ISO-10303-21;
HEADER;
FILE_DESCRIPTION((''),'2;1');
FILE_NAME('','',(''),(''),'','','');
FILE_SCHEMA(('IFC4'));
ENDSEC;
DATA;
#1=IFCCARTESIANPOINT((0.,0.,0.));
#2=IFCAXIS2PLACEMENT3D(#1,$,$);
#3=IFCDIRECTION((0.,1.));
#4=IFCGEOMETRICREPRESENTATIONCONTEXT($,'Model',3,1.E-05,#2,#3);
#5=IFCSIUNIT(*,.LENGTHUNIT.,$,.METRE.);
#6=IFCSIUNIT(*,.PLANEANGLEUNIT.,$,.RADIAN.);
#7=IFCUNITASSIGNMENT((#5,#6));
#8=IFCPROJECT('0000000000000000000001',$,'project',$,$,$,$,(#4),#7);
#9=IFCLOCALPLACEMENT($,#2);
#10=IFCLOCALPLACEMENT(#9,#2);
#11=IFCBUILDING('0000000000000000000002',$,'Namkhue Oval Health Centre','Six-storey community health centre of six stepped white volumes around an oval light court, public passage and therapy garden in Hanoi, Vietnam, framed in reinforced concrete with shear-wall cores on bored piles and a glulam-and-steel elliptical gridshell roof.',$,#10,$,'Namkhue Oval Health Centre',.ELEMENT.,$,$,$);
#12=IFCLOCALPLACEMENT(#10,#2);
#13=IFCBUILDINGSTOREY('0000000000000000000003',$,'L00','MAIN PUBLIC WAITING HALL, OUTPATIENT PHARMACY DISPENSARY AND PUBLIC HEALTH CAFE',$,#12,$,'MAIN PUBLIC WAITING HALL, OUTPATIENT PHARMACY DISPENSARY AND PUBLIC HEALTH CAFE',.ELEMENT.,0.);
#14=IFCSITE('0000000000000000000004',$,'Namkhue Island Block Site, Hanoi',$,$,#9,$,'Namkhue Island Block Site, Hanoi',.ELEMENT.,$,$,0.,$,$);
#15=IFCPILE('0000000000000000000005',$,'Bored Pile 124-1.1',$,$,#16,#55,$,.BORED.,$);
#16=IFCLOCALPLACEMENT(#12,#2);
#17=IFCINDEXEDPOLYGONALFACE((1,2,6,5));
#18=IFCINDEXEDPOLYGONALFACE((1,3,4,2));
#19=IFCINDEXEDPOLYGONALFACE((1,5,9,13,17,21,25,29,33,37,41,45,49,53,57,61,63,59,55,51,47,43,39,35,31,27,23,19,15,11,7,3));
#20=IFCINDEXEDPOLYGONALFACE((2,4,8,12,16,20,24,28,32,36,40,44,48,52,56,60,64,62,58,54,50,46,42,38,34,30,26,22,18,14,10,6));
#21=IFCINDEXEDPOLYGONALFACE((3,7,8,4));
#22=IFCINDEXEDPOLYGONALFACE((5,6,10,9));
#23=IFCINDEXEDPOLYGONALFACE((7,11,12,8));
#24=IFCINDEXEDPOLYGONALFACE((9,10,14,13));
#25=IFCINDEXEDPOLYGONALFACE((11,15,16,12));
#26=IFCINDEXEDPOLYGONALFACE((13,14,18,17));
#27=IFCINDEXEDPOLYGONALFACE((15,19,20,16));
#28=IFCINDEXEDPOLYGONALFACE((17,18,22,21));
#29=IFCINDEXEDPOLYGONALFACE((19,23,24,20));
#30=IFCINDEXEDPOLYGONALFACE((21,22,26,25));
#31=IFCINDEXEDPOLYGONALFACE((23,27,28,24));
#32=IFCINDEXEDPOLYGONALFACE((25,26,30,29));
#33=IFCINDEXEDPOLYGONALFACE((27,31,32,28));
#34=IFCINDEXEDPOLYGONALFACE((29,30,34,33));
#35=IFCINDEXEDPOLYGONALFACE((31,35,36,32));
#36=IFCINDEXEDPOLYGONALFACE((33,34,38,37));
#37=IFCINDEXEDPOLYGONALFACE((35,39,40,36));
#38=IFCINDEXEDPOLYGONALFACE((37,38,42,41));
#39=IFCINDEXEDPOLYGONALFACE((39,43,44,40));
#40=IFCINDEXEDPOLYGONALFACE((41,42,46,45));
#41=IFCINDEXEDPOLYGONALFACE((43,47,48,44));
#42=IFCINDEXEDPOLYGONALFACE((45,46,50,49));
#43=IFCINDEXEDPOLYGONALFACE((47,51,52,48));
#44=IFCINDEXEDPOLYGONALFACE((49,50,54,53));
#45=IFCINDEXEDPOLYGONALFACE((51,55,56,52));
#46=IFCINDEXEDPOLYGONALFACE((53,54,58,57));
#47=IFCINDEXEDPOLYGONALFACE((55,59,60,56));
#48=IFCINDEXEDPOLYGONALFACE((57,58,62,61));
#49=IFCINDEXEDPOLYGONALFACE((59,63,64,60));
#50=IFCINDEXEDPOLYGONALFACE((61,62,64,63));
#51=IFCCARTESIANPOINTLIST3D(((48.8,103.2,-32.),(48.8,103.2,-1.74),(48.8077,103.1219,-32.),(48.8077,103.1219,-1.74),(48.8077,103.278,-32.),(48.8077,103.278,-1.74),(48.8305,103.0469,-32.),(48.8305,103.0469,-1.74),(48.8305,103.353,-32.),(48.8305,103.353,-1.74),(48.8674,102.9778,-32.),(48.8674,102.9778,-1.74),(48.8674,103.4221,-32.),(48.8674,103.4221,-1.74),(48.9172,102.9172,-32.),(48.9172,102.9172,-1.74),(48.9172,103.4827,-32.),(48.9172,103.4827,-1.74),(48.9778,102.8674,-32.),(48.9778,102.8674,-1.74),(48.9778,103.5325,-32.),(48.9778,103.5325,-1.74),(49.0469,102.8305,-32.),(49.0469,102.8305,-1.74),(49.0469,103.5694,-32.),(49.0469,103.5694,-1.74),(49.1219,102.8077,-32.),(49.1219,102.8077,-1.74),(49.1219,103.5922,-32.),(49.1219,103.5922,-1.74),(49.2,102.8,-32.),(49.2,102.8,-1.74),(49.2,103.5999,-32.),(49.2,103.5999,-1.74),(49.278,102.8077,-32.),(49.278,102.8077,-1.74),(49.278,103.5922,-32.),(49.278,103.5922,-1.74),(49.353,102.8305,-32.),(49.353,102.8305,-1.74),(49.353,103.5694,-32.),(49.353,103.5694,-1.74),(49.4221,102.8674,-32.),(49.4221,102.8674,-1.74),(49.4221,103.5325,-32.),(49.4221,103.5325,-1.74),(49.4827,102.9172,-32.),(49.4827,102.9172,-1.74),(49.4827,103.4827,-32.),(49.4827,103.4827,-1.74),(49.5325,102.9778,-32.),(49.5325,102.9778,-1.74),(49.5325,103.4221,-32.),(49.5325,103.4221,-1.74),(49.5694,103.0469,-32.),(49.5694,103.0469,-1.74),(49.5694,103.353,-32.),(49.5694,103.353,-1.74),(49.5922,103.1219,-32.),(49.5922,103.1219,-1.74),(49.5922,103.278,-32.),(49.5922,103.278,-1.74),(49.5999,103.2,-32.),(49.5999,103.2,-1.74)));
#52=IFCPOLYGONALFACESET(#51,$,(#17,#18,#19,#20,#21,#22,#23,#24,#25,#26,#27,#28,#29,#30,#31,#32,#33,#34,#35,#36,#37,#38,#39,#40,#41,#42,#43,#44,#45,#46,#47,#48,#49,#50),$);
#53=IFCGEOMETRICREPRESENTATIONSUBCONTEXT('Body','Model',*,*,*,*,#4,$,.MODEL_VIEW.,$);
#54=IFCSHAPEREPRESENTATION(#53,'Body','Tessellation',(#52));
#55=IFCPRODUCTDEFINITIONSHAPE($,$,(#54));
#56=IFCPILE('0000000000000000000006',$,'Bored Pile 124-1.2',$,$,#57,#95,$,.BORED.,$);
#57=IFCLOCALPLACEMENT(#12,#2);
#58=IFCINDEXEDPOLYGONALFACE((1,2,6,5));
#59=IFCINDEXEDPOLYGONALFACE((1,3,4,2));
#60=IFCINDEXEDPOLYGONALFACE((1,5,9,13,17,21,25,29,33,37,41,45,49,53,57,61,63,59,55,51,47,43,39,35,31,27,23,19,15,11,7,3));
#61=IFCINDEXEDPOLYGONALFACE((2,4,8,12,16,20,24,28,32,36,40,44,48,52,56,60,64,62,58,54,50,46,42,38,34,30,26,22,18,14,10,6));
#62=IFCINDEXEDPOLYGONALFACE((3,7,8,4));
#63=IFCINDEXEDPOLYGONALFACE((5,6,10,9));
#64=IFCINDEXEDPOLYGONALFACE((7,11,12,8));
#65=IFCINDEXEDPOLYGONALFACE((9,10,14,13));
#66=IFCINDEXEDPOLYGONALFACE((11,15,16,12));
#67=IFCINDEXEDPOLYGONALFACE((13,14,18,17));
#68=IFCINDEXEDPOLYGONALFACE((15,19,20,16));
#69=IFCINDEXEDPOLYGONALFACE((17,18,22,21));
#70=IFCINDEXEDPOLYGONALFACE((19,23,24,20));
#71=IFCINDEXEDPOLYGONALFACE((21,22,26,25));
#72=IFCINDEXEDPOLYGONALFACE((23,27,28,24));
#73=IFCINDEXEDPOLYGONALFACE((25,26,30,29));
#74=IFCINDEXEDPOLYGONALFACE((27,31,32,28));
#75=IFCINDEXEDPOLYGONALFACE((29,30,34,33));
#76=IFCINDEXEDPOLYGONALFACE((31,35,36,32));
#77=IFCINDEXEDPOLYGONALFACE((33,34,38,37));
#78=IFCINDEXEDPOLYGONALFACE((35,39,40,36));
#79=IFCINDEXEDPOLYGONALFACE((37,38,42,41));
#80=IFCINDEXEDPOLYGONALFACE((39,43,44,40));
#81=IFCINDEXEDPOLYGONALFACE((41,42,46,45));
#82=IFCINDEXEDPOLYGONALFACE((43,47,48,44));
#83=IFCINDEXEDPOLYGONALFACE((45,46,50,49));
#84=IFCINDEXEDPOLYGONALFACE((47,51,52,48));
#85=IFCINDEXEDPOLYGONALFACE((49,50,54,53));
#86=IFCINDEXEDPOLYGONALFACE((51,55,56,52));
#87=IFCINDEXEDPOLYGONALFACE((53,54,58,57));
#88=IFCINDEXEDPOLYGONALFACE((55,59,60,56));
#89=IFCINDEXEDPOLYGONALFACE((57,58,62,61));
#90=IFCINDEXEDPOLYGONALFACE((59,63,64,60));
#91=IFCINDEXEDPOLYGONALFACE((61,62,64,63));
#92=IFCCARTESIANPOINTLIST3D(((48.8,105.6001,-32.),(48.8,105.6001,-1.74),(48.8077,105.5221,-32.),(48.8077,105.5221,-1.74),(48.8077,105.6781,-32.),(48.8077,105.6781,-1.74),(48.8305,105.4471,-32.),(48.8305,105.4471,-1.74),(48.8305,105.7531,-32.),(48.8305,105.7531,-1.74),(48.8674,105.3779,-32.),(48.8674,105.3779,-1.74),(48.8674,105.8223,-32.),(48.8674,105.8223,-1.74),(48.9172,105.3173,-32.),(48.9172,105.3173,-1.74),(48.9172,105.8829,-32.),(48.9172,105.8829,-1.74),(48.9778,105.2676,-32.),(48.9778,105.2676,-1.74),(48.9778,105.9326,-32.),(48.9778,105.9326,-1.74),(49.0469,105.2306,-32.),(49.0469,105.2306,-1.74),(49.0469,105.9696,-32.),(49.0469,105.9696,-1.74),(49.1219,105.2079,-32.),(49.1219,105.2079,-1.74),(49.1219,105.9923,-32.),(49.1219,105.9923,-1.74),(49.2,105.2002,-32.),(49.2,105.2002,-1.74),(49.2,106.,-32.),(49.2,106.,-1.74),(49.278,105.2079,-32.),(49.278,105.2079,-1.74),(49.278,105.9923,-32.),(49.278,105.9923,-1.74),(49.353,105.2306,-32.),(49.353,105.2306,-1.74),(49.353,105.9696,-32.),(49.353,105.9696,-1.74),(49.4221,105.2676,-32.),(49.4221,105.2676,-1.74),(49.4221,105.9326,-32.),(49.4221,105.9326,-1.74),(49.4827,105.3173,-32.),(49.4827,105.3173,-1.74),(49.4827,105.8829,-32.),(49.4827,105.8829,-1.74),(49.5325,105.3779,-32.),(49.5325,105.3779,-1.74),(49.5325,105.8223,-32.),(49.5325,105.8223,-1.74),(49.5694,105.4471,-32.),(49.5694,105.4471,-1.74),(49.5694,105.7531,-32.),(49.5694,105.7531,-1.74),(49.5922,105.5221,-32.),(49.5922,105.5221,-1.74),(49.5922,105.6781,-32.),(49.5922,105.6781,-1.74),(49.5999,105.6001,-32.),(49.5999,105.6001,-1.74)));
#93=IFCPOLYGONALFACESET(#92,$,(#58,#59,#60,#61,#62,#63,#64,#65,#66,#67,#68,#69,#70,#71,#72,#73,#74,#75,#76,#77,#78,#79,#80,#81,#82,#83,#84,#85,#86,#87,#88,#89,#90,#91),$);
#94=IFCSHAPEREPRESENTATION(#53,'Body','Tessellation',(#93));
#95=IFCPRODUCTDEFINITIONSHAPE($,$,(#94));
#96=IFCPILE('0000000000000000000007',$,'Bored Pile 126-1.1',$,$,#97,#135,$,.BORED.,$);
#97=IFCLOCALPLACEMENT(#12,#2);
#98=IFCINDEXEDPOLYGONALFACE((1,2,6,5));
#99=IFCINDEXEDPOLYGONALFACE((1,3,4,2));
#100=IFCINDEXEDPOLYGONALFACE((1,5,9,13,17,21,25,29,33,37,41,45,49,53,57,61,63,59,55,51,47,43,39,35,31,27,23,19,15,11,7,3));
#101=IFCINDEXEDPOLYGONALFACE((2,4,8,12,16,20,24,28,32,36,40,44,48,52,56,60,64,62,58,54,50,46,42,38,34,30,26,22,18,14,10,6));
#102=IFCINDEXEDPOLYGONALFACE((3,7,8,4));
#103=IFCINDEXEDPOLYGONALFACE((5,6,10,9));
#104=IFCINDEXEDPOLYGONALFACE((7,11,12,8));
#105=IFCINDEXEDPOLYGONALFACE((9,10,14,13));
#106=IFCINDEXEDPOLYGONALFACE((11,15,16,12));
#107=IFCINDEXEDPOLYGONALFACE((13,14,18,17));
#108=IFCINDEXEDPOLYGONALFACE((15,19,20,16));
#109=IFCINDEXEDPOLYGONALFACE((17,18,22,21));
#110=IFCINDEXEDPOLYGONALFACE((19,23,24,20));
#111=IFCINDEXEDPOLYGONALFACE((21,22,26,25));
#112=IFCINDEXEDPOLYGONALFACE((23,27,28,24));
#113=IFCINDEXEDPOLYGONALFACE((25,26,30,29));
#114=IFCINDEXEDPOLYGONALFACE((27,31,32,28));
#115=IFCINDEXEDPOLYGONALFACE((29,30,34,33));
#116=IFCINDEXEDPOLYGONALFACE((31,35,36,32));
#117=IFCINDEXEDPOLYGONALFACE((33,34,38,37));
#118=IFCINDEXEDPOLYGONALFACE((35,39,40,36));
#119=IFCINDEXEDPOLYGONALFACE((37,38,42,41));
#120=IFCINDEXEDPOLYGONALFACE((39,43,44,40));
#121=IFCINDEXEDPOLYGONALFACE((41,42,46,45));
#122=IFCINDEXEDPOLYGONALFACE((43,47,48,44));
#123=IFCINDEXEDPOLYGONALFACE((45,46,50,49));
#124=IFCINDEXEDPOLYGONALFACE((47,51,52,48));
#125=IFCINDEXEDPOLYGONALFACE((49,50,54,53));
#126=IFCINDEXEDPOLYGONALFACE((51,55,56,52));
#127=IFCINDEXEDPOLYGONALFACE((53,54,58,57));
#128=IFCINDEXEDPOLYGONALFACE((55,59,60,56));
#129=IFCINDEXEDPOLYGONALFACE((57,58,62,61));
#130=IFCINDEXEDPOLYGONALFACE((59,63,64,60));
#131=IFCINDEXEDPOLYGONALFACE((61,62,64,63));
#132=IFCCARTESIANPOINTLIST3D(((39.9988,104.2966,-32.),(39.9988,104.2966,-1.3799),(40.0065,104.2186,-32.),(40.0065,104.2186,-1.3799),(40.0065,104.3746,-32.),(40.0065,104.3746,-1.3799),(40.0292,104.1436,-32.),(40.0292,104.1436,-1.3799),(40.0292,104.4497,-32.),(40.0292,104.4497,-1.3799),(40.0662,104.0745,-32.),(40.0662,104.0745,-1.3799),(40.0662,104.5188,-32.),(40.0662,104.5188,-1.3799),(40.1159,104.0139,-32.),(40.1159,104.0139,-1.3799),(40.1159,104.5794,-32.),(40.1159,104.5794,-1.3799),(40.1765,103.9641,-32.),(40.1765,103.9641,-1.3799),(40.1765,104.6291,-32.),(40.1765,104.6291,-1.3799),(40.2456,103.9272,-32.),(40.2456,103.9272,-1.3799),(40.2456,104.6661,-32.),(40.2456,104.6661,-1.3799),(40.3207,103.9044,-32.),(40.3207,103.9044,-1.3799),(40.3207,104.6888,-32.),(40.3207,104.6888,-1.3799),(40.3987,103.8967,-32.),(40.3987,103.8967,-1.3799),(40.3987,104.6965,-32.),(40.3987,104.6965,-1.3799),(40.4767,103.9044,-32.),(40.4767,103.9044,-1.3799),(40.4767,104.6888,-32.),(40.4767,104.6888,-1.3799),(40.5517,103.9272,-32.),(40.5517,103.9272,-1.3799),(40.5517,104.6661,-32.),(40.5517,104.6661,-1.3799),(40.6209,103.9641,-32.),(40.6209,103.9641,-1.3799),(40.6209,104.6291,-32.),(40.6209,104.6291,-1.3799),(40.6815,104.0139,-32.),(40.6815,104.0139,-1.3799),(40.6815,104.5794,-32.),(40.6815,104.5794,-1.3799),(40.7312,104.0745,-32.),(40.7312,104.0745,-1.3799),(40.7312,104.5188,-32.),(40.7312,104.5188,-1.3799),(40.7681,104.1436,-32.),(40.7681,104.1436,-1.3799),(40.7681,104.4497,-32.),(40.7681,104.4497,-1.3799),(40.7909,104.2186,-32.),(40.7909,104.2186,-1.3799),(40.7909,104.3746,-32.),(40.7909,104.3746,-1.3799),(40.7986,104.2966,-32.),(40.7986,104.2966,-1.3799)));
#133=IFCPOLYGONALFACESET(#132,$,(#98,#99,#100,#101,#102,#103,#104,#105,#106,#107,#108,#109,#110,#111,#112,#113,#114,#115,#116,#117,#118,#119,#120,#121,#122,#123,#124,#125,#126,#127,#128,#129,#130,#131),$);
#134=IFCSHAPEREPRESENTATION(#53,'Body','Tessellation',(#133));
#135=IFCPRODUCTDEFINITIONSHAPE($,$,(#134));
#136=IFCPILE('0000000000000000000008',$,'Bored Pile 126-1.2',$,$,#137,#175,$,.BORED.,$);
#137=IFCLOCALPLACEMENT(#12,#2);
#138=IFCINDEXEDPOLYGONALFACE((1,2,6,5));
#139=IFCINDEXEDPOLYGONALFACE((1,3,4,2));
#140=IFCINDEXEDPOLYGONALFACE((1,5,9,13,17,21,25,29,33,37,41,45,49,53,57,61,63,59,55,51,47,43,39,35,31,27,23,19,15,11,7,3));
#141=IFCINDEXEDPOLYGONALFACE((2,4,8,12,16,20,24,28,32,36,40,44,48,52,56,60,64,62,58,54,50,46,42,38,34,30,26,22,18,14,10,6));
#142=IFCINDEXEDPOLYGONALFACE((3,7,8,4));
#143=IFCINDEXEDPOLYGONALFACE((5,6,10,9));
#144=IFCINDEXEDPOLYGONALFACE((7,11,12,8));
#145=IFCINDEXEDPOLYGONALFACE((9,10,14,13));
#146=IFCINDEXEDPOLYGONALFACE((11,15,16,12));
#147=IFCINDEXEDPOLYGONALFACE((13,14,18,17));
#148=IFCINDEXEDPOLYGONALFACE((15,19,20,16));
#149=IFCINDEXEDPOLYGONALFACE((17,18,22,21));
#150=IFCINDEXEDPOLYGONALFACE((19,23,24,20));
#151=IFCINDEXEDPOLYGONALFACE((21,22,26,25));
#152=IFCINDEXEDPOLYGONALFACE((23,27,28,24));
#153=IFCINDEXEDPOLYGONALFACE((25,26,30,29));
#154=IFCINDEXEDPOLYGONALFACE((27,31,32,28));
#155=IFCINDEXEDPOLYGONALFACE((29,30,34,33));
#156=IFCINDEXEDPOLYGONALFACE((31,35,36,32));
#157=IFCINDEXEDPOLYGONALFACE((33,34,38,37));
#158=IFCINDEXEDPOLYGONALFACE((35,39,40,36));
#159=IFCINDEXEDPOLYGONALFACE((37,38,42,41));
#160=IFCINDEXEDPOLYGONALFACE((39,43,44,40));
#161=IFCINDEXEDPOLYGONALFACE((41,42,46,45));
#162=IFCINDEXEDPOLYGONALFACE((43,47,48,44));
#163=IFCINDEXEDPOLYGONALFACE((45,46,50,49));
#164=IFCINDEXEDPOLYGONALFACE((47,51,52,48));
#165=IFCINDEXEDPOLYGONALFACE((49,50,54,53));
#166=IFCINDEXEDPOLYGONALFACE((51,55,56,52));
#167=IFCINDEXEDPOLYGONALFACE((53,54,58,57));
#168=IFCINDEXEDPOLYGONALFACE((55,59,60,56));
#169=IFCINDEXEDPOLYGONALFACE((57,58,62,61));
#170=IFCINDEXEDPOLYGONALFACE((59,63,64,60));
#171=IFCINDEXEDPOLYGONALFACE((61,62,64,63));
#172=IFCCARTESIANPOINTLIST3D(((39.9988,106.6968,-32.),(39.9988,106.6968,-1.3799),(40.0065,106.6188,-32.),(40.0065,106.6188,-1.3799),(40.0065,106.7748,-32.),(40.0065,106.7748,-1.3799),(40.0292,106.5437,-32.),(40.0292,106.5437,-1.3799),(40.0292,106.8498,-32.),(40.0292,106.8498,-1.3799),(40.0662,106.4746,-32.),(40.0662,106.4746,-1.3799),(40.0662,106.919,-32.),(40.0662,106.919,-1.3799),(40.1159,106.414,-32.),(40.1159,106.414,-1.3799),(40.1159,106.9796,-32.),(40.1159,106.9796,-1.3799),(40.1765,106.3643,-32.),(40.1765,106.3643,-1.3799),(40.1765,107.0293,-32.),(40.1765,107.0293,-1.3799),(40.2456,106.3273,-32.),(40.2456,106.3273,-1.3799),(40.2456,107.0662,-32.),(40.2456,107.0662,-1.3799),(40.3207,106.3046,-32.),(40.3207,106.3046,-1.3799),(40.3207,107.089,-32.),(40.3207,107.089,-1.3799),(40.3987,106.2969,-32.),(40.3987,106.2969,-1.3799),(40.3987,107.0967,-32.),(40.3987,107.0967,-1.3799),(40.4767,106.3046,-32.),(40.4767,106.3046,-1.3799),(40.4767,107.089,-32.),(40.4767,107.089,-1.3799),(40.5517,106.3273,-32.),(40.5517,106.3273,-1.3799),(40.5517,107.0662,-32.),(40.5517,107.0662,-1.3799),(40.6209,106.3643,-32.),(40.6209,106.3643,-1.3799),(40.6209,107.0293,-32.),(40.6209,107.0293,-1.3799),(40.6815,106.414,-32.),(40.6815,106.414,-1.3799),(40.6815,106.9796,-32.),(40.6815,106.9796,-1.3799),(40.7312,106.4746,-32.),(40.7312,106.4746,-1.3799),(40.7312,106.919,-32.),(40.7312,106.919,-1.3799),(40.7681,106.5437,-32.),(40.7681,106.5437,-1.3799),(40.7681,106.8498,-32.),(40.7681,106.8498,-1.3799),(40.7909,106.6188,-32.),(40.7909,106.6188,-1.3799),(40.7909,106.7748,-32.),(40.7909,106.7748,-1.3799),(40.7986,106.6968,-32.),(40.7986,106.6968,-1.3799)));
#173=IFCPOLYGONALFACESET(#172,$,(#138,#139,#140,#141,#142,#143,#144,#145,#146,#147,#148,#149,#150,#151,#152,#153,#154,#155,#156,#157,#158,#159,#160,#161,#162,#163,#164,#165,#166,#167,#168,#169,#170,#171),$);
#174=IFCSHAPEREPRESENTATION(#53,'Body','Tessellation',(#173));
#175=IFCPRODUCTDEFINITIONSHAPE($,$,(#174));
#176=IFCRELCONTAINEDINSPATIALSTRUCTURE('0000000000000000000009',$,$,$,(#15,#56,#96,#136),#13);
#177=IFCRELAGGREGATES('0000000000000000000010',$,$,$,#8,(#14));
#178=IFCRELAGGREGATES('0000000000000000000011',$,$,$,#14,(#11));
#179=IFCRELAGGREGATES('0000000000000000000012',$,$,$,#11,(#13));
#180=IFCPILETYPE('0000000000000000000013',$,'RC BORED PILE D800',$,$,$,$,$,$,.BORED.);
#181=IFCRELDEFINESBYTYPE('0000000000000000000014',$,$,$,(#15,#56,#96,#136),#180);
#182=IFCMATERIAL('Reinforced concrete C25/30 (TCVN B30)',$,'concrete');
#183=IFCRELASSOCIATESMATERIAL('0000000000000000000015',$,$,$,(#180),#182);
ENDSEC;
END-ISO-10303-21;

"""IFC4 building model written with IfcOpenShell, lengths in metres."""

from ifc_helpers import new_model, si_unit, direction, frame, origin, origin_2d, place, context, subcontext, project, spatial, circle, extrude, material, material_profile, profile_set, type_object, element, save


model = new_model("IFC4")

# Units and contexts
model_context = context("Model", 3, precision=1e-05, world=origin(), true_north=direction((0.0, 1.0)))
body_context = subcontext(model_context, "Body", "Model", "MODEL_VIEW")
ifc_project = project(units=[si_unit("LENGTHUNIT", "METRE"), si_unit("PLANEANGLEUNIT", "RADIAN")], contexts=[model_context])

# Site, building, storey
site_placement = place(None, origin())
site = spatial("IfcSite", under=ifc_project, at=site_placement, Name="Namkhue Island Block Site, Hanoi", LongName="Namkhue Island Block Site, Hanoi", CompositionType="ELEMENT", RefElevation=0.0)
building_placement = place(site_placement, origin())
building = spatial("IfcBuilding", under=site, at=building_placement, Name="Namkhue Oval Health Centre", Description="Six-storey community health centre of six stepped white volumes around an oval light court, public passage and therapy garden in Hanoi, Vietnam, framed in reinforced concrete with shear-wall cores on bored piles and a glulam-and-steel elliptical gridshell roof.", LongName="Namkhue Oval Health Centre", CompositionType="ELEMENT")
storey_placement = place(building_placement, origin())
storey = spatial("IfcBuildingStorey", under=building, at=storey_placement, Name="L00", Description="MAIN PUBLIC WAITING HALL, OUTPATIENT PHARMACY DISPENSARY AND PUBLIC HEALTH CAFE", LongName="MAIN PUBLIC WAITING HALL, OUTPATIENT PHARMACY DISPENSARY AND PUBLIC HEALTH CAFE", CompositionType="ELEMENT", Elevation=0.0)

# Piles
ifc_material_1 = material(Name="Reinforced concrete C25/30 (TCVN B30)", Category="concrete")
ifc_material_profile_1 = material_profile(ifc_material_1, circle(Radius=0.3999, at=origin_2d()), Name="BORED PILE D800")
ifc_profile_set_1 = profile_set([ifc_material_profile_1], Name="Reinforced concrete C25/30 (TCVN B30)")
pile_type = type_object("IfcPileType", Name="RC BORED PILE D800", PredefinedType="BORED", material=ifc_profile_set_1)
for number, where, z_axis, x_axis, name in (
    (1, (49.2, 103.2, -1.74), (0.0, 0.0, -1.0), (1.0, 0.0, 0.0), "Bored Pile 124-1.1"),
    (2, (49.2, 105.6001, -1.74), (0.0, 0.0, -1.0), (1.0, 0.0, 0.0), "Bored Pile 124-1.2"),
):
    element("IfcPile", number, at=place(storey_placement, frame(where, z_axis=z_axis, x_axis=x_axis)), inside=storey, type_object=pile_type, Name=name, PredefinedType="BORED", context=body_context, shape_type="SweptSolid", body=[
        extrude(circle(Radius=0.3999, at=origin_2d()), origin(), (0.0, 0.0, 1.0), 30.26),
    ])
for number, where, z_axis, x_axis, name in (
    (3, (40.3987, 104.2966, -1.3799), (0.0, 0.0, -1.0), (1.0, 0.0, 0.0), "Bored Pile 126-1.1"),
    (4, (40.3987, 106.6968, -1.3799), (0.0, 0.0, -1.0), (1.0, 0.0, 0.0), "Bored Pile 126-1.2"),
):
    element("IfcPile", number, at=place(storey_placement, frame(where, z_axis=z_axis, x_axis=x_axis)), inside=storey, type_object=pile_type, Name=name, PredefinedType="BORED", context=body_context, shape_type="SweptSolid", body=[
        extrude(circle(Radius=0.3999, at=origin_2d()), origin(), (0.0, 0.0, 1.0), 30.6201),
    ])

save(model, "model.ifc")
